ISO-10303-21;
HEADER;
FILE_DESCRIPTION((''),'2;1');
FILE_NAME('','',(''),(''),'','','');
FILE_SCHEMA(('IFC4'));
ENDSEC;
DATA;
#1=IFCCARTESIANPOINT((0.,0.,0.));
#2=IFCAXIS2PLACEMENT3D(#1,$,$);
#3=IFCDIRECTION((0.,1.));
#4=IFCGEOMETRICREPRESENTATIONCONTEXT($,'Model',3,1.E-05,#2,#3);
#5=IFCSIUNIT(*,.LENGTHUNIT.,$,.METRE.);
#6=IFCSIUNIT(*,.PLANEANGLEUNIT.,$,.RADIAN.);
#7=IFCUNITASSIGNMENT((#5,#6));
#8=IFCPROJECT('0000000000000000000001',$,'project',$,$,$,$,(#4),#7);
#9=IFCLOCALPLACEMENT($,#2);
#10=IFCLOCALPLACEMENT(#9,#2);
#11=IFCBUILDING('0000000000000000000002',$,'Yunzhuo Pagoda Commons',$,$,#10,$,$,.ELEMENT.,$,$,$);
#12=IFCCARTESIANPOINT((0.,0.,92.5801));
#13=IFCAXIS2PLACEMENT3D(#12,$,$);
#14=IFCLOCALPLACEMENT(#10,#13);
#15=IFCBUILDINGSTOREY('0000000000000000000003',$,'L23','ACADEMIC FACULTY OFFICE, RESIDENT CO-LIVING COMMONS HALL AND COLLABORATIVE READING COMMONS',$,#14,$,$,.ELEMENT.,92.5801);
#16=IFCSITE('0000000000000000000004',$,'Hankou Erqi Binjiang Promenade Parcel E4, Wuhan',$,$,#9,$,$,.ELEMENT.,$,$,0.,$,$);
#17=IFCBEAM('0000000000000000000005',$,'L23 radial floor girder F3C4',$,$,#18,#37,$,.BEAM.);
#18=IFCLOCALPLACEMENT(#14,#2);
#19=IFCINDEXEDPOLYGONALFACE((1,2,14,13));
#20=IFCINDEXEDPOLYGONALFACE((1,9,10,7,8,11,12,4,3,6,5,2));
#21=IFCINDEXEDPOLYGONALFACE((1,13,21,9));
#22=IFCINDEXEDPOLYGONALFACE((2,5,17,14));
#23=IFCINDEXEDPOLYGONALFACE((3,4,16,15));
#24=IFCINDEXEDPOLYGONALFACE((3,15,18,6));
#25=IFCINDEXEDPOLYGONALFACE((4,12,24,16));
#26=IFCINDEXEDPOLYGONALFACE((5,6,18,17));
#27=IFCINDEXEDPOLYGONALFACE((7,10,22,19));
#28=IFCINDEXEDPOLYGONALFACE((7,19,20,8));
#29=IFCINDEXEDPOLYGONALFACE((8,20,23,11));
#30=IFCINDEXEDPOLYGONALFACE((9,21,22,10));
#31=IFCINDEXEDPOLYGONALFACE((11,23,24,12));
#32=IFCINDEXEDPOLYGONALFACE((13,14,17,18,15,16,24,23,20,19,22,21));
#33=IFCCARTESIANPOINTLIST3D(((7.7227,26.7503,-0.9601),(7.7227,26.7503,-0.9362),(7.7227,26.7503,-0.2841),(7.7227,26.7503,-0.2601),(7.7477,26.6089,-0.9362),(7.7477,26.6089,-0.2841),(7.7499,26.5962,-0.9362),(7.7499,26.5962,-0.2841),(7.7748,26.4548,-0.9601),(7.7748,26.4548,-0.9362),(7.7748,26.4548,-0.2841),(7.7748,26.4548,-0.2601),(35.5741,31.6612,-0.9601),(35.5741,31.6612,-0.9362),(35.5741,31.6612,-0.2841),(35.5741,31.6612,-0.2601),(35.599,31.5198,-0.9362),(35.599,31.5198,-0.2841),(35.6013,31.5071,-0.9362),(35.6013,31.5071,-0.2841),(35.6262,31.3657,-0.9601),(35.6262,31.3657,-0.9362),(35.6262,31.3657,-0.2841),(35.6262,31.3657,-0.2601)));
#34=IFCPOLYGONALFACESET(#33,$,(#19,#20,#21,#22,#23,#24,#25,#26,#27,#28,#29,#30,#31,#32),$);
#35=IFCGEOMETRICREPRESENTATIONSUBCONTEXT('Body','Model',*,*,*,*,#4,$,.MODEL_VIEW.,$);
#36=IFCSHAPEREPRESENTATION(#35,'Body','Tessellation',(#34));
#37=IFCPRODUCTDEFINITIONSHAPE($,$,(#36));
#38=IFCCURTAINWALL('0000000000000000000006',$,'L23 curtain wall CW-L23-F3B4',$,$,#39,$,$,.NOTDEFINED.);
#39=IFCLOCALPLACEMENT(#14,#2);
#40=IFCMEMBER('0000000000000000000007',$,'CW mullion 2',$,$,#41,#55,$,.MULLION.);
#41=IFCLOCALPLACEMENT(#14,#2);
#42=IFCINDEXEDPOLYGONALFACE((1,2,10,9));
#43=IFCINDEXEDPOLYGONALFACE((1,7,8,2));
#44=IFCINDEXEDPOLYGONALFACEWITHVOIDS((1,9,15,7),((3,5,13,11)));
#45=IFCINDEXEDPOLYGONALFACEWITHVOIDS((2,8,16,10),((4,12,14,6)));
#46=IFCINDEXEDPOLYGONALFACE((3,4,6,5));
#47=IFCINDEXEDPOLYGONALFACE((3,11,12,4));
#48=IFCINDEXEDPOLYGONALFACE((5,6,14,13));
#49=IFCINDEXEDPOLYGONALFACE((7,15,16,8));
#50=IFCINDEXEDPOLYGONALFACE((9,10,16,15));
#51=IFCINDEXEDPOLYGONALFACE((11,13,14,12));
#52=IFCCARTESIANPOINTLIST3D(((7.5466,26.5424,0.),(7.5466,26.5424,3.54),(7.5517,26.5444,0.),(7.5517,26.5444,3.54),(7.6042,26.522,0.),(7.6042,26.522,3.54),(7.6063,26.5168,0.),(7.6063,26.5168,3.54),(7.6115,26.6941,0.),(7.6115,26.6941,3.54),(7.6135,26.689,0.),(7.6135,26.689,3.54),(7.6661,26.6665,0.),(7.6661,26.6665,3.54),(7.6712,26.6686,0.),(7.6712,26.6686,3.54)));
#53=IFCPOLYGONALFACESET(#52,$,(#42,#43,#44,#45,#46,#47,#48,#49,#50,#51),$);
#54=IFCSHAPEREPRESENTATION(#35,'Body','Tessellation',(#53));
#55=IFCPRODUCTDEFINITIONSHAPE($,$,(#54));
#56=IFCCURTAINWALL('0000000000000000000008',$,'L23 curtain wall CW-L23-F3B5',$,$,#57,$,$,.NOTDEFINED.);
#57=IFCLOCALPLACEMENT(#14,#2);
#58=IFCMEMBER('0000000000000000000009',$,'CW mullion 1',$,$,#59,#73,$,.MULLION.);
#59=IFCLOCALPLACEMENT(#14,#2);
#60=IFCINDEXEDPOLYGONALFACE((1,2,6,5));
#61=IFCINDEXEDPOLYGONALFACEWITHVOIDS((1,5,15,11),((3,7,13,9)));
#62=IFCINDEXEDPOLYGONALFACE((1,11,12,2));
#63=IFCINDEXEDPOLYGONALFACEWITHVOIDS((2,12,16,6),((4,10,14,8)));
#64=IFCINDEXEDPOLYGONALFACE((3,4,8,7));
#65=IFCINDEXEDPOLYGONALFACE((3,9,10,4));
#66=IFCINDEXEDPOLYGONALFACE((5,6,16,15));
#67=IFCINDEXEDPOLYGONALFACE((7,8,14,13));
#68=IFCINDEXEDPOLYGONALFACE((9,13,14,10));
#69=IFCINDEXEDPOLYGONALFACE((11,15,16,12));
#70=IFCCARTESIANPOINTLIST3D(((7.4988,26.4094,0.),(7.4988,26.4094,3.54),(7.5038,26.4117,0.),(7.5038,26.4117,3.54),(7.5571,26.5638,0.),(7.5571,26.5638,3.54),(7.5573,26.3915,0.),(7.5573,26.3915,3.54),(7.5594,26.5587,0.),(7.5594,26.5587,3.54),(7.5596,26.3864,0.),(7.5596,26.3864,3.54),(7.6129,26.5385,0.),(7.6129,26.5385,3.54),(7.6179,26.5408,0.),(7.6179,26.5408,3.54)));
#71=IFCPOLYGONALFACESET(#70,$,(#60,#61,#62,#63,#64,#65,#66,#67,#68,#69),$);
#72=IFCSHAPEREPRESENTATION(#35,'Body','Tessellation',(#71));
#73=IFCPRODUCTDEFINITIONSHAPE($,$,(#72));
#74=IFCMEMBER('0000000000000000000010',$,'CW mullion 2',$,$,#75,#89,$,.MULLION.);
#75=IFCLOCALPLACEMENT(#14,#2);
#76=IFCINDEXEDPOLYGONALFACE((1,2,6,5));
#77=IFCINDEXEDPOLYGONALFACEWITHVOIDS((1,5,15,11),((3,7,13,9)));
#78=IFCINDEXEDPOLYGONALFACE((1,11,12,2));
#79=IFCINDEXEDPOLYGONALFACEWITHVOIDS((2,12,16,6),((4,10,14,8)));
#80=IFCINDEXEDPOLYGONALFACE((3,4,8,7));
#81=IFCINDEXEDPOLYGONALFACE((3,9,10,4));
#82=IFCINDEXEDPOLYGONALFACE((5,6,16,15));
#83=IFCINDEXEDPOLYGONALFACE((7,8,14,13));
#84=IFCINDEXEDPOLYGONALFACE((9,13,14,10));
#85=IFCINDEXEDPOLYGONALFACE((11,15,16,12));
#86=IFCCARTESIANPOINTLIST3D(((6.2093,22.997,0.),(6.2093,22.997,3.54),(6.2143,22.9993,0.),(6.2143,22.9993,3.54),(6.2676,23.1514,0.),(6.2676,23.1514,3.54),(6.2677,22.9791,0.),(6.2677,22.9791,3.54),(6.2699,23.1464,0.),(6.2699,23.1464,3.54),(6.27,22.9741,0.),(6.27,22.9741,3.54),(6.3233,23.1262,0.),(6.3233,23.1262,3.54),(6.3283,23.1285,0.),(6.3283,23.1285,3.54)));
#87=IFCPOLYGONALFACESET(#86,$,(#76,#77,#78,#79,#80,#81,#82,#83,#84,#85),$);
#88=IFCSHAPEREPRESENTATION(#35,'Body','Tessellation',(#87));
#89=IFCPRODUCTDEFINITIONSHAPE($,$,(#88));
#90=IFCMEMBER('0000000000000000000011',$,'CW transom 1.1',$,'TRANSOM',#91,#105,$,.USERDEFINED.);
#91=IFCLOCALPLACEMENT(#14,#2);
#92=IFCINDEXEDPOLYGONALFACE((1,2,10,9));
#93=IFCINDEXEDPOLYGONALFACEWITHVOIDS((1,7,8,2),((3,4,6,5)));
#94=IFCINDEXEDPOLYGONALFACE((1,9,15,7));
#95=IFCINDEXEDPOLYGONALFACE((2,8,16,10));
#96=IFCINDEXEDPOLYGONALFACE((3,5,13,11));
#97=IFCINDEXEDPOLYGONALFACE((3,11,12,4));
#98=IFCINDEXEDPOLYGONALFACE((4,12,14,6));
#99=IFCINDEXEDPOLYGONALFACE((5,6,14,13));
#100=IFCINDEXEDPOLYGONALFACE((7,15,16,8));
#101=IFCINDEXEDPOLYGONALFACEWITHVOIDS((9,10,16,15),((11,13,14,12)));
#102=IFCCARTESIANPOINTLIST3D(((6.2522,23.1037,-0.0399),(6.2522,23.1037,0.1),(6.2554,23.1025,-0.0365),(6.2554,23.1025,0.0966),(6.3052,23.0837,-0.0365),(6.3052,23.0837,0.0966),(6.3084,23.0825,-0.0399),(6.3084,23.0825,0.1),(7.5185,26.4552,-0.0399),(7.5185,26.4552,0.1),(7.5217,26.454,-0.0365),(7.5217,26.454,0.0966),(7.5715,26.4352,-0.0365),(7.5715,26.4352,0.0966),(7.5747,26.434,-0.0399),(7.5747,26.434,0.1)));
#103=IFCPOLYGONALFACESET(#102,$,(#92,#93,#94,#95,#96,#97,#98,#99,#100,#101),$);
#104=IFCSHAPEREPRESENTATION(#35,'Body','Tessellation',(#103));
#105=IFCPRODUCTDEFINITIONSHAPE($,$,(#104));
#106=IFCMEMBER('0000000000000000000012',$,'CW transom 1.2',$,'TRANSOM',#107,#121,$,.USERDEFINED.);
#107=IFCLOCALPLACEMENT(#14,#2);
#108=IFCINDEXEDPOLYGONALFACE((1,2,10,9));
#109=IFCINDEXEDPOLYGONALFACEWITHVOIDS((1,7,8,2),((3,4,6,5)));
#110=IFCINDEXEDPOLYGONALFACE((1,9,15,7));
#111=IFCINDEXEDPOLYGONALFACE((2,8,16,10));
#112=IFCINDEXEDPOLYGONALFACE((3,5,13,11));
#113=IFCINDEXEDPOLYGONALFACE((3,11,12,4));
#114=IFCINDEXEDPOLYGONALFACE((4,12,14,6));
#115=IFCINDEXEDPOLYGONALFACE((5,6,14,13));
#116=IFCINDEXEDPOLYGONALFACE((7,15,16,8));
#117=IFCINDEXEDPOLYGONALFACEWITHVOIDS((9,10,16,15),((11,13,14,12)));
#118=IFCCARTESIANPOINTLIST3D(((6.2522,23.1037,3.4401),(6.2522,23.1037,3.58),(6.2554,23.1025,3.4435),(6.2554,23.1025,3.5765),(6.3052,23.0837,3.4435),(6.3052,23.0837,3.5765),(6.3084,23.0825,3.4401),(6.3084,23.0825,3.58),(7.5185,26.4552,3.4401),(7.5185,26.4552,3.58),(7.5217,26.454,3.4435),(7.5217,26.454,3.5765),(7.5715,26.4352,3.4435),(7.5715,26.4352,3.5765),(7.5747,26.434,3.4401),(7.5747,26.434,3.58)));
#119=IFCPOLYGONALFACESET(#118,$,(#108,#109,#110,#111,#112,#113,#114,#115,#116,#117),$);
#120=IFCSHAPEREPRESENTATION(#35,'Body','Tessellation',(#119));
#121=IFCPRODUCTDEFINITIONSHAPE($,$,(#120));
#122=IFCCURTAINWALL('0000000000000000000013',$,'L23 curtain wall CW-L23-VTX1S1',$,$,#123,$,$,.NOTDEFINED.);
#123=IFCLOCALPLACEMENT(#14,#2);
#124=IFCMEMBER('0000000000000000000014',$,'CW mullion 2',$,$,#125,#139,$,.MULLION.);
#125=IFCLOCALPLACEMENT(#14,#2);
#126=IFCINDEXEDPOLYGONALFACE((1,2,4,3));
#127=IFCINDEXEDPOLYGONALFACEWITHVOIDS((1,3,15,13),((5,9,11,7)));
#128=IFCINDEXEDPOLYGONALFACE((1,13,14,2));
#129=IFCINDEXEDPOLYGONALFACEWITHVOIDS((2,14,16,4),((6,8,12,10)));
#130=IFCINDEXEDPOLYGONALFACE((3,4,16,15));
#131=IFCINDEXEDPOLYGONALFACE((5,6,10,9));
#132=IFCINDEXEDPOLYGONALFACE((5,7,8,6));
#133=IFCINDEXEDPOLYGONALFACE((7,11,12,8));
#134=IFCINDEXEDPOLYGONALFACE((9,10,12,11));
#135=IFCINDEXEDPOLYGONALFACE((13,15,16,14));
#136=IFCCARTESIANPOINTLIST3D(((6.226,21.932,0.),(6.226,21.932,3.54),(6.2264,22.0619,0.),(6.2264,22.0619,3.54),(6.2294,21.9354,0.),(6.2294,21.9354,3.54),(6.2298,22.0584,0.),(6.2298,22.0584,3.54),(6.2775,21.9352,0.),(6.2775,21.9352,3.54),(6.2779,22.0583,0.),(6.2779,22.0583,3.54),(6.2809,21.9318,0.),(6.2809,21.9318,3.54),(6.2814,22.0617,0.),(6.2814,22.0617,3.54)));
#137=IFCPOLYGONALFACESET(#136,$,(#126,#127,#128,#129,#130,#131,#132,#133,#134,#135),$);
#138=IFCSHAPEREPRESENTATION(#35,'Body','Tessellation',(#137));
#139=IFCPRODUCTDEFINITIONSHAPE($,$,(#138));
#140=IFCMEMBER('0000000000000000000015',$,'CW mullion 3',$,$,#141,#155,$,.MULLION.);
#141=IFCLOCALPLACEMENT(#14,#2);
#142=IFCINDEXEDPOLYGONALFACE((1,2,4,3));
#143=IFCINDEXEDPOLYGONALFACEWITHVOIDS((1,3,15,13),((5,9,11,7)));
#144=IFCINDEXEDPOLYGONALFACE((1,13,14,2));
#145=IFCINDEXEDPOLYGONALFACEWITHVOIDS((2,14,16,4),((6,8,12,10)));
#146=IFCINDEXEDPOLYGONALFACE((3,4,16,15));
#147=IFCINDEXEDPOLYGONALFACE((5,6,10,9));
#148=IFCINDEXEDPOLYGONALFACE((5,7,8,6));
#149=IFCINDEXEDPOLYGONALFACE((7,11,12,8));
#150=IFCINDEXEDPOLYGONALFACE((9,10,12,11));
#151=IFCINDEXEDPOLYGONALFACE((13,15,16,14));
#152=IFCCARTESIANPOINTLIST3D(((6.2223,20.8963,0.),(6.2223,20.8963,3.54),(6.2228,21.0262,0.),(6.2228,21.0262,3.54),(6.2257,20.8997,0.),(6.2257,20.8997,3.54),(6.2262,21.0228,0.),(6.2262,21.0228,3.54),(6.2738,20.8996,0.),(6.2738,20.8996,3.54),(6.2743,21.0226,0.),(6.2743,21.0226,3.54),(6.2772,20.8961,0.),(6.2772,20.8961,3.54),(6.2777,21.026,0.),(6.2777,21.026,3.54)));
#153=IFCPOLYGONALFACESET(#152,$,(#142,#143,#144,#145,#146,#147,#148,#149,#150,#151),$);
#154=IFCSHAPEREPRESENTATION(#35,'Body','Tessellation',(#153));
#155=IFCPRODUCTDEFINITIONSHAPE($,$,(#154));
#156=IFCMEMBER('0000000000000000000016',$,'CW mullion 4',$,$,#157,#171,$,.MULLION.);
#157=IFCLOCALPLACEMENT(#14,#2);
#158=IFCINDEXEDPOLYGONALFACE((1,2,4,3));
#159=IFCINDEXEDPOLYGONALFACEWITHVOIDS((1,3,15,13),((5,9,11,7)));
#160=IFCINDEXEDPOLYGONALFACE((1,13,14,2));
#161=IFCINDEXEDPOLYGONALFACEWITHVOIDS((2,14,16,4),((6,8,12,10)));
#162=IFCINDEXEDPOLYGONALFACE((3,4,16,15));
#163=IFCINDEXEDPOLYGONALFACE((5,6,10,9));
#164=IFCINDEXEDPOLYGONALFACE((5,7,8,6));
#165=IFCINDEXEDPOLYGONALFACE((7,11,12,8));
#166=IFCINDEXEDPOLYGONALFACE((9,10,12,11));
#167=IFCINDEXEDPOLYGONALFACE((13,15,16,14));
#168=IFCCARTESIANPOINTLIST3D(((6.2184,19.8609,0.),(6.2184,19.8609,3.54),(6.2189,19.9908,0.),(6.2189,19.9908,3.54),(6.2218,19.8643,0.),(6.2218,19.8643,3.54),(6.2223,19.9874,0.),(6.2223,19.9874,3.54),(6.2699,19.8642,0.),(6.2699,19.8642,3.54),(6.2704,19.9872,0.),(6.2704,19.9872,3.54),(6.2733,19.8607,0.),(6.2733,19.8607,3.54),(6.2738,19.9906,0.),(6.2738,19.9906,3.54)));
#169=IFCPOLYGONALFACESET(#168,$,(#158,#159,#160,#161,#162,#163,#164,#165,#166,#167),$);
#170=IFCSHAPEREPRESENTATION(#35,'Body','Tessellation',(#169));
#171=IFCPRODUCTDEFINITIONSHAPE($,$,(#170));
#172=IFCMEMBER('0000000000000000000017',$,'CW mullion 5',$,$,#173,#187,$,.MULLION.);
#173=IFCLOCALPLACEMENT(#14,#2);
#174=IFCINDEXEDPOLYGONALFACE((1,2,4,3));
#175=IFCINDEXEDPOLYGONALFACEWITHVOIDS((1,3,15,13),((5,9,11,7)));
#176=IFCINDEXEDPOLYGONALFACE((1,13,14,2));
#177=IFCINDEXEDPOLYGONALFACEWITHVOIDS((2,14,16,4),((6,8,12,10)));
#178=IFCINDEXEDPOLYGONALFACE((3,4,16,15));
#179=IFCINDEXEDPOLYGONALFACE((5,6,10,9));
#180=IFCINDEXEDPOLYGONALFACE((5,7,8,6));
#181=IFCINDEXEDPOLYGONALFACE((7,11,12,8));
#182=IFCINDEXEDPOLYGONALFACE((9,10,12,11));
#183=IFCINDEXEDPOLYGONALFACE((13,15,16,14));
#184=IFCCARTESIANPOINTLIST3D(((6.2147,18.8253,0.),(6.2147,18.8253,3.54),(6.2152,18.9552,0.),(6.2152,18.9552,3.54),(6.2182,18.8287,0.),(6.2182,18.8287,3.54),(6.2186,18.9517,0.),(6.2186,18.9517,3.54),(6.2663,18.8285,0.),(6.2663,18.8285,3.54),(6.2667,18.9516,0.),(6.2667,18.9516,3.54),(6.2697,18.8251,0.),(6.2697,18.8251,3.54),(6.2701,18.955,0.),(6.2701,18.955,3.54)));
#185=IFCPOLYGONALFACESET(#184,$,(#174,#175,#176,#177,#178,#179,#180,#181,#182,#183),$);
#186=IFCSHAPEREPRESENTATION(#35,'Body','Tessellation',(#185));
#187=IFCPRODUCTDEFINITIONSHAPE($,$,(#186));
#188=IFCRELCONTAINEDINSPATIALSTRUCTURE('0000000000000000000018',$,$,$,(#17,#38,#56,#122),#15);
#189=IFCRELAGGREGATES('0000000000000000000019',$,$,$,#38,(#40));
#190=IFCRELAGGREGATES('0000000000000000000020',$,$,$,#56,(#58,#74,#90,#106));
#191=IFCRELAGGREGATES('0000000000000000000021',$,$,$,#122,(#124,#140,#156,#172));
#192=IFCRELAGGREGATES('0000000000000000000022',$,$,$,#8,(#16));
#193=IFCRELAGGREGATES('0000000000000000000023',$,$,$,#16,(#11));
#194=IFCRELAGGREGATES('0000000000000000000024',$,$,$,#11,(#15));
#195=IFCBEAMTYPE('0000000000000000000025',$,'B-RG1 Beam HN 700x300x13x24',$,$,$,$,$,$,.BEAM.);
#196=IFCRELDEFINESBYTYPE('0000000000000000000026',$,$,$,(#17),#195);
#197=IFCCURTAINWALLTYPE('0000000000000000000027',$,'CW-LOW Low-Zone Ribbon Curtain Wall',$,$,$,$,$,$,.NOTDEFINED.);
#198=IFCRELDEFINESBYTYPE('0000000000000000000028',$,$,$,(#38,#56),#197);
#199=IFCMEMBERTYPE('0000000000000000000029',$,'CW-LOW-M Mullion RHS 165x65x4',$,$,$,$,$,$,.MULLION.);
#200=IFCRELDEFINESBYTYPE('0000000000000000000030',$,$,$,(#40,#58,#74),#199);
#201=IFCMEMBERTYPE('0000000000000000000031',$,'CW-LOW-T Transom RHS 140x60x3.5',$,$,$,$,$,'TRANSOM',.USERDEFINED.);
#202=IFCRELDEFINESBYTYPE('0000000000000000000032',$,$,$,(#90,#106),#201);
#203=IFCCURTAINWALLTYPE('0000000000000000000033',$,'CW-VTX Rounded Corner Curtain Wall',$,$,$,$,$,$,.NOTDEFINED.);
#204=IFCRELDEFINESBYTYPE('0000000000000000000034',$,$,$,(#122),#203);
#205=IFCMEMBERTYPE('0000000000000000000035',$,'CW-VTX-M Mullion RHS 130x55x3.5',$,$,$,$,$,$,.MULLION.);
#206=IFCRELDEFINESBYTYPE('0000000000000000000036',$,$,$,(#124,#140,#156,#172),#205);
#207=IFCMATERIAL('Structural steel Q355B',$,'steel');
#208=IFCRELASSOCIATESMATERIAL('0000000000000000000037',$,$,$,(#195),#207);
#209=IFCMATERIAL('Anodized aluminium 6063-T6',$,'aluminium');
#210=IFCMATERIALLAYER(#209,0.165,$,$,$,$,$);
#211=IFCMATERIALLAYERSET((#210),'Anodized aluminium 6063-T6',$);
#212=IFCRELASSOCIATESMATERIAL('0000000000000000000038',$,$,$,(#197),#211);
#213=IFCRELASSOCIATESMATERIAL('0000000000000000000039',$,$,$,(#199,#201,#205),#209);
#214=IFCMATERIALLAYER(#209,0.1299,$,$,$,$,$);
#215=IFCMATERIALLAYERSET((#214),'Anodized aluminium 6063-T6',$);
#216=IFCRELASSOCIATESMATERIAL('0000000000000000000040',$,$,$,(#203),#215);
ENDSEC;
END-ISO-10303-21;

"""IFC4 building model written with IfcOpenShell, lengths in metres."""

from ifc_helpers import new_model, si_unit, direction, frame, origin, origin_2d, place, context, subcontext, project, spatial, hollow_rectangle, i_section, extrude, source, transform, mapped, material, layer, layer_set, material_profile, profile_set, type_object, element, aggregate, save


model = new_model("IFC4")

# Units and contexts
model_context = context("Model", 3, precision=1e-05, world=origin(), true_north=direction((0.0, 1.0)))
body_context = subcontext(model_context, "Body", "Model", "MODEL_VIEW")
ifc_project = project(units=[si_unit("LENGTHUNIT", "METRE"), si_unit("PLANEANGLEUNIT", "RADIAN")], contexts=[model_context])

# Site, building, storey
site_placement = place(None, origin())
site = spatial("IfcSite", under=ifc_project, at=site_placement, Name="Hankou Erqi Binjiang Promenade Parcel E4, Wuhan", CompositionType="ELEMENT", RefElevation=0.0)
building_placement = place(site_placement, origin())
building = spatial("IfcBuilding", under=site, at=building_placement, Name="Yunzhuo Pagoda Commons", CompositionType="ELEMENT")
storey_placement = place(building_placement, frame((0.0, 0.0, 92.5801)))
storey = spatial("IfcBuildingStorey", under=building, at=storey_placement, Name="L23", Description="ACADEMIC FACULTY OFFICE, RESIDENT CO-LIVING COMMONS HALL AND COLLABORATIVE READING COMMONS", CompositionType="ELEMENT", Elevation=92.5801)

# Beam
ifc_material_1 = material(Name="Structural steel Q355B", Category="steel")
ifc_material_profile_1 = material_profile(ifc_material_1, i_section(OverallWidth=0.3, OverallDepth=0.7, WebThickness=0.0129, FlangeThickness=0.0239, at=origin_2d()), Name="Structural steel Q355B")
ifc_profile_set_1 = profile_set([ifc_material_profile_1], Name="Structural steel Q355B")
beam_type = type_object("IfcBeamType", Name="B-RG1 Beam HN 700x300x13x24", PredefinedType="BEAM", material=ifc_profile_set_1)
shared_shape_1 = source(origin(), body_context, "Body", "SweptSolid", [
    extrude(i_section(OverallWidth=0.3, OverallDepth=0.7, WebThickness=0.0129, FlangeThickness=0.0239, at=origin_2d()), origin(), (0.0, 0.0, 1.0), 28.281),
])
beam_placement = place(storey_placement, frame((7.7488, 26.6025, -0.6101), z_axis=(0.984808, 0.173646, 0.0), x_axis=(-0.173646, 0.984808, 0.0)))
element("IfcBeam", 1, at=beam_placement, inside=storey, type_object=beam_type, Name="L23 radial floor girder F3C4", PredefinedType="BEAM", context=body_context, shape_type="MappedRepresentation", body=[
    mapped(shared_shape_1, transform((0.0, 0.0, 0.0), scale=1.0)),
])

# Curtain wall, member
ifc_material_2 = material(Name="Anodized aluminium 6063-T6", Category="aluminium")
ifc_layer_1 = layer(ifc_material_2, 0.165)
ifc_layer_set_1 = layer_set([ifc_layer_1], Name="Anodized aluminium 6063-T6")
curtain_wall_type_1 = type_object("IfcCurtainWallType", Name="CW-LOW Low-Zone Ribbon Curtain Wall", PredefinedType="NOTDEFINED", material=ifc_layer_set_1)
curtain_wall_1_placement = place(storey_placement, origin())
curtain_wall_1 = element("IfcCurtainWall", 2, at=curtain_wall_1_placement, inside=storey, type_object=curtain_wall_type_1, Name="L23 curtain wall CW-L23-F3B4", PredefinedType="NOTDEFINED")
ifc_material_profile_2 = material_profile(ifc_material_2, hollow_rectangle(XDim=0.0649, YDim=0.165, WallThickness=0.0039, at=origin_2d()), Name="Anodized aluminium 6063-T6")
ifc_profile_set_2 = profile_set([ifc_material_profile_2], Name="Anodized aluminium 6063-T6")
member_type_1 = type_object("IfcMemberType", Name="CW-LOW-M Mullion RHS 165x65x4", PredefinedType="MULLION", material=ifc_profile_set_2)
shared_shape_2 = source(origin(), body_context, "Body", "SweptSolid", [
    extrude(hollow_rectangle(XDim=0.0649, YDim=0.165, WallThickness=0.0039, at=origin_2d()), origin(), (0.0, 0.0, 1.0), 3.54),
])
member_1_placement = place(storey_placement, frame((7.6089, 26.6055, 0.0), z_axis=(0.0, 0.0, 1.0), x_axis=(0.919383, -0.393364, 0.0)))
member_1 = element("IfcMember", 3, at=member_1_placement, type_object=member_type_1, Name="CW mullion 2", PredefinedType="MULLION", context=body_context, shape_type="MappedRepresentation", body=[
    mapped(shared_shape_2, transform((0.0, 0.0, 0.0), scale=1.0)),
])

# Curtain walls, members
curtain_wall_2_placement = place(storey_placement, origin())
curtain_wall_2 = element("IfcCurtainWall", 4, at=curtain_wall_2_placement, inside=storey, type_object=curtain_wall_type_1, Name="L23 curtain wall CW-L23-F3B5", PredefinedType="NOTDEFINED")
member_2_placement = place(storey_placement, frame((7.5583, 26.4751, 0.0), z_axis=(0.0, 0.0, 1.0), x_axis=(0.935454, -0.353448, 0.0)))
member_2 = element("IfcMember", 5, at=member_2_placement, type_object=member_type_1, Name="CW mullion 1", PredefinedType="MULLION", context=body_context, shape_type="MappedRepresentation", body=[
    mapped(shared_shape_2, transform((0.0, 0.0, 0.0), scale=1.0)),
])
member_3_placement = place(storey_placement, frame((6.2688, 23.0627, 0.0), z_axis=(0.0, 0.0, 1.0), x_axis=(0.935454, -0.353448, 0.0)))
member_3 = element("IfcMember", 6, at=member_3_placement, type_object=member_type_1, Name="CW mullion 2", PredefinedType="MULLION", context=body_context, shape_type="MappedRepresentation", body=[
    mapped(shared_shape_2, transform((0.0, 0.0, 0.0), scale=1.0)),
])
ifc_material_profile_3 = material_profile(ifc_material_2, hollow_rectangle(XDim=0.0601, YDim=0.1399, WallThickness=0.0034, at=origin_2d()), Name="Anodized aluminium 6063-T6")
ifc_profile_set_3 = profile_set([ifc_material_profile_3], Name="Anodized aluminium 6063-T6")
member_type_2 = type_object("IfcMemberType", Name="CW-LOW-T Transom RHS 140x60x3.5", ElementType="TRANSOM", PredefinedType="USERDEFINED", material=ifc_profile_set_3)
shared_shape_3 = source(origin(), body_context, "Body", "SweptSolid", [
    extrude(hollow_rectangle(XDim=0.0601, YDim=0.1399, WallThickness=0.0034, at=origin_2d()), origin(), (0.0, 0.0, 1.0), 3.5828),
])
member_4_placement = place(storey_placement, frame((7.5466, 26.4446, 0.03), z_axis=(-0.353452, -0.935453, 0.0), x_axis=(0.935453, -0.353452, 0.0)))
member_4 = element("IfcMember", 7, at=member_4_placement, type_object=member_type_2, Name="CW transom 1.1", ObjectType="TRANSOM", PredefinedType="USERDEFINED", context=body_context, shape_type="MappedRepresentation", body=[
    mapped(shared_shape_3, transform((0.0, 0.0, 0.0), scale=1.0)),
])
member_5_placement = place(storey_placement, frame((7.5466, 26.4446, 3.51), z_axis=(-0.353452, -0.935453, 0.0), x_axis=(0.935453, -0.353452, 0.0)))
member_5 = element("IfcMember", 8, at=member_5_placement, type_object=member_type_2, Name="CW transom 1.2", ObjectType="TRANSOM", PredefinedType="USERDEFINED", context=body_context, shape_type="MappedRepresentation", body=[
    mapped(shared_shape_3, transform((0.0, 0.0, 0.0), scale=1.0)),
])
ifc_layer_2 = layer(ifc_material_2, 0.1299)
ifc_layer_set_2 = layer_set([ifc_layer_2], Name="Anodized aluminium 6063-T6")
curtain_wall_type_2 = type_object("IfcCurtainWallType", Name="CW-VTX Rounded Corner Curtain Wall", PredefinedType="NOTDEFINED", material=ifc_layer_set_2)
curtain_wall_3_placement = place(storey_placement, origin())
curtain_wall_3 = element("IfcCurtainWall", 9, at=curtain_wall_3_placement, inside=storey, type_object=curtain_wall_type_2, Name="L23 curtain wall CW-L23-VTX1S1", PredefinedType="NOTDEFINED")
ifc_material_profile_4 = material_profile(ifc_material_2, hollow_rectangle(XDim=0.0549, YDim=0.1299, WallThickness=0.0034, at=origin_2d()), Name="Anodized aluminium 6063-T6")
ifc_profile_set_4 = profile_set([ifc_material_profile_4], Name="Anodized aluminium 6063-T6")
member_type_3 = type_object("IfcMemberType", Name="CW-VTX-M Mullion RHS 130x55x3.5", PredefinedType="MULLION", material=ifc_profile_set_4)
shared_shape_4 = source(origin(), body_context, "Body", "SweptSolid", [
    extrude(hollow_rectangle(XDim=0.0549, YDim=0.1299, WallThickness=0.0034, at=origin_2d()), origin(), (0.0, 0.0, 1.0), 3.54),
])
member_6_placement = place(storey_placement, frame((6.2537, 21.9968, 0.0), z_axis=(0.0, 0.0, 1.0), x_axis=(0.999994, -0.003573, 0.0)))
member_6 = element("IfcMember", 10, at=member_6_placement, type_object=member_type_3, Name="CW mullion 2", PredefinedType="MULLION", context=body_context, shape_type="MappedRepresentation", body=[
    mapped(shared_shape_4, transform((0.0, 0.0, 0.0), scale=1.0)),
])
member_7_placement = place(storey_placement, frame((6.25, 20.9612, 0.0), z_axis=(0.0, 0.0, 1.0), x_axis=(0.999994, -0.003573, 0.0)))
member_7 = element("IfcMember", 11, at=member_7_placement, type_object=member_type_3, Name="CW mullion 3", PredefinedType="MULLION", context=body_context, shape_type="MappedRepresentation", body=[
    mapped(shared_shape_4, transform((0.0, 0.0, 0.0), scale=1.0)),
])
member_8_placement = place(storey_placement, frame((6.2461, 19.9258, 0.0), z_axis=(0.0, 0.0, 1.0), x_axis=(0.999994, -0.003573, 0.0)))
member_8 = element("IfcMember", 12, at=member_8_placement, type_object=member_type_3, Name="CW mullion 4", PredefinedType="MULLION", context=body_context, shape_type="MappedRepresentation", body=[
    mapped(shared_shape_4, transform((0.0, 0.0, 0.0), scale=1.0)),
])
member_9_placement = place(storey_placement, frame((6.2424, 18.8901, 0.0), z_axis=(0.0, 0.0, 1.0), x_axis=(0.999994, -0.003573, 0.0)))
member_9 = element("IfcMember", 13, at=member_9_placement, type_object=member_type_3, Name="CW mullion 5", PredefinedType="MULLION", context=body_context, shape_type="MappedRepresentation", body=[
    mapped(shared_shape_4, transform((0.0, 0.0, 0.0), scale=1.0)),
])

aggregate(curtain_wall_1, [member_1])
aggregate(curtain_wall_2, [member_2, member_3, member_4, member_5])
aggregate(curtain_wall_3, [member_6, member_7, member_8, member_9])

save(model, "model.ifc")
